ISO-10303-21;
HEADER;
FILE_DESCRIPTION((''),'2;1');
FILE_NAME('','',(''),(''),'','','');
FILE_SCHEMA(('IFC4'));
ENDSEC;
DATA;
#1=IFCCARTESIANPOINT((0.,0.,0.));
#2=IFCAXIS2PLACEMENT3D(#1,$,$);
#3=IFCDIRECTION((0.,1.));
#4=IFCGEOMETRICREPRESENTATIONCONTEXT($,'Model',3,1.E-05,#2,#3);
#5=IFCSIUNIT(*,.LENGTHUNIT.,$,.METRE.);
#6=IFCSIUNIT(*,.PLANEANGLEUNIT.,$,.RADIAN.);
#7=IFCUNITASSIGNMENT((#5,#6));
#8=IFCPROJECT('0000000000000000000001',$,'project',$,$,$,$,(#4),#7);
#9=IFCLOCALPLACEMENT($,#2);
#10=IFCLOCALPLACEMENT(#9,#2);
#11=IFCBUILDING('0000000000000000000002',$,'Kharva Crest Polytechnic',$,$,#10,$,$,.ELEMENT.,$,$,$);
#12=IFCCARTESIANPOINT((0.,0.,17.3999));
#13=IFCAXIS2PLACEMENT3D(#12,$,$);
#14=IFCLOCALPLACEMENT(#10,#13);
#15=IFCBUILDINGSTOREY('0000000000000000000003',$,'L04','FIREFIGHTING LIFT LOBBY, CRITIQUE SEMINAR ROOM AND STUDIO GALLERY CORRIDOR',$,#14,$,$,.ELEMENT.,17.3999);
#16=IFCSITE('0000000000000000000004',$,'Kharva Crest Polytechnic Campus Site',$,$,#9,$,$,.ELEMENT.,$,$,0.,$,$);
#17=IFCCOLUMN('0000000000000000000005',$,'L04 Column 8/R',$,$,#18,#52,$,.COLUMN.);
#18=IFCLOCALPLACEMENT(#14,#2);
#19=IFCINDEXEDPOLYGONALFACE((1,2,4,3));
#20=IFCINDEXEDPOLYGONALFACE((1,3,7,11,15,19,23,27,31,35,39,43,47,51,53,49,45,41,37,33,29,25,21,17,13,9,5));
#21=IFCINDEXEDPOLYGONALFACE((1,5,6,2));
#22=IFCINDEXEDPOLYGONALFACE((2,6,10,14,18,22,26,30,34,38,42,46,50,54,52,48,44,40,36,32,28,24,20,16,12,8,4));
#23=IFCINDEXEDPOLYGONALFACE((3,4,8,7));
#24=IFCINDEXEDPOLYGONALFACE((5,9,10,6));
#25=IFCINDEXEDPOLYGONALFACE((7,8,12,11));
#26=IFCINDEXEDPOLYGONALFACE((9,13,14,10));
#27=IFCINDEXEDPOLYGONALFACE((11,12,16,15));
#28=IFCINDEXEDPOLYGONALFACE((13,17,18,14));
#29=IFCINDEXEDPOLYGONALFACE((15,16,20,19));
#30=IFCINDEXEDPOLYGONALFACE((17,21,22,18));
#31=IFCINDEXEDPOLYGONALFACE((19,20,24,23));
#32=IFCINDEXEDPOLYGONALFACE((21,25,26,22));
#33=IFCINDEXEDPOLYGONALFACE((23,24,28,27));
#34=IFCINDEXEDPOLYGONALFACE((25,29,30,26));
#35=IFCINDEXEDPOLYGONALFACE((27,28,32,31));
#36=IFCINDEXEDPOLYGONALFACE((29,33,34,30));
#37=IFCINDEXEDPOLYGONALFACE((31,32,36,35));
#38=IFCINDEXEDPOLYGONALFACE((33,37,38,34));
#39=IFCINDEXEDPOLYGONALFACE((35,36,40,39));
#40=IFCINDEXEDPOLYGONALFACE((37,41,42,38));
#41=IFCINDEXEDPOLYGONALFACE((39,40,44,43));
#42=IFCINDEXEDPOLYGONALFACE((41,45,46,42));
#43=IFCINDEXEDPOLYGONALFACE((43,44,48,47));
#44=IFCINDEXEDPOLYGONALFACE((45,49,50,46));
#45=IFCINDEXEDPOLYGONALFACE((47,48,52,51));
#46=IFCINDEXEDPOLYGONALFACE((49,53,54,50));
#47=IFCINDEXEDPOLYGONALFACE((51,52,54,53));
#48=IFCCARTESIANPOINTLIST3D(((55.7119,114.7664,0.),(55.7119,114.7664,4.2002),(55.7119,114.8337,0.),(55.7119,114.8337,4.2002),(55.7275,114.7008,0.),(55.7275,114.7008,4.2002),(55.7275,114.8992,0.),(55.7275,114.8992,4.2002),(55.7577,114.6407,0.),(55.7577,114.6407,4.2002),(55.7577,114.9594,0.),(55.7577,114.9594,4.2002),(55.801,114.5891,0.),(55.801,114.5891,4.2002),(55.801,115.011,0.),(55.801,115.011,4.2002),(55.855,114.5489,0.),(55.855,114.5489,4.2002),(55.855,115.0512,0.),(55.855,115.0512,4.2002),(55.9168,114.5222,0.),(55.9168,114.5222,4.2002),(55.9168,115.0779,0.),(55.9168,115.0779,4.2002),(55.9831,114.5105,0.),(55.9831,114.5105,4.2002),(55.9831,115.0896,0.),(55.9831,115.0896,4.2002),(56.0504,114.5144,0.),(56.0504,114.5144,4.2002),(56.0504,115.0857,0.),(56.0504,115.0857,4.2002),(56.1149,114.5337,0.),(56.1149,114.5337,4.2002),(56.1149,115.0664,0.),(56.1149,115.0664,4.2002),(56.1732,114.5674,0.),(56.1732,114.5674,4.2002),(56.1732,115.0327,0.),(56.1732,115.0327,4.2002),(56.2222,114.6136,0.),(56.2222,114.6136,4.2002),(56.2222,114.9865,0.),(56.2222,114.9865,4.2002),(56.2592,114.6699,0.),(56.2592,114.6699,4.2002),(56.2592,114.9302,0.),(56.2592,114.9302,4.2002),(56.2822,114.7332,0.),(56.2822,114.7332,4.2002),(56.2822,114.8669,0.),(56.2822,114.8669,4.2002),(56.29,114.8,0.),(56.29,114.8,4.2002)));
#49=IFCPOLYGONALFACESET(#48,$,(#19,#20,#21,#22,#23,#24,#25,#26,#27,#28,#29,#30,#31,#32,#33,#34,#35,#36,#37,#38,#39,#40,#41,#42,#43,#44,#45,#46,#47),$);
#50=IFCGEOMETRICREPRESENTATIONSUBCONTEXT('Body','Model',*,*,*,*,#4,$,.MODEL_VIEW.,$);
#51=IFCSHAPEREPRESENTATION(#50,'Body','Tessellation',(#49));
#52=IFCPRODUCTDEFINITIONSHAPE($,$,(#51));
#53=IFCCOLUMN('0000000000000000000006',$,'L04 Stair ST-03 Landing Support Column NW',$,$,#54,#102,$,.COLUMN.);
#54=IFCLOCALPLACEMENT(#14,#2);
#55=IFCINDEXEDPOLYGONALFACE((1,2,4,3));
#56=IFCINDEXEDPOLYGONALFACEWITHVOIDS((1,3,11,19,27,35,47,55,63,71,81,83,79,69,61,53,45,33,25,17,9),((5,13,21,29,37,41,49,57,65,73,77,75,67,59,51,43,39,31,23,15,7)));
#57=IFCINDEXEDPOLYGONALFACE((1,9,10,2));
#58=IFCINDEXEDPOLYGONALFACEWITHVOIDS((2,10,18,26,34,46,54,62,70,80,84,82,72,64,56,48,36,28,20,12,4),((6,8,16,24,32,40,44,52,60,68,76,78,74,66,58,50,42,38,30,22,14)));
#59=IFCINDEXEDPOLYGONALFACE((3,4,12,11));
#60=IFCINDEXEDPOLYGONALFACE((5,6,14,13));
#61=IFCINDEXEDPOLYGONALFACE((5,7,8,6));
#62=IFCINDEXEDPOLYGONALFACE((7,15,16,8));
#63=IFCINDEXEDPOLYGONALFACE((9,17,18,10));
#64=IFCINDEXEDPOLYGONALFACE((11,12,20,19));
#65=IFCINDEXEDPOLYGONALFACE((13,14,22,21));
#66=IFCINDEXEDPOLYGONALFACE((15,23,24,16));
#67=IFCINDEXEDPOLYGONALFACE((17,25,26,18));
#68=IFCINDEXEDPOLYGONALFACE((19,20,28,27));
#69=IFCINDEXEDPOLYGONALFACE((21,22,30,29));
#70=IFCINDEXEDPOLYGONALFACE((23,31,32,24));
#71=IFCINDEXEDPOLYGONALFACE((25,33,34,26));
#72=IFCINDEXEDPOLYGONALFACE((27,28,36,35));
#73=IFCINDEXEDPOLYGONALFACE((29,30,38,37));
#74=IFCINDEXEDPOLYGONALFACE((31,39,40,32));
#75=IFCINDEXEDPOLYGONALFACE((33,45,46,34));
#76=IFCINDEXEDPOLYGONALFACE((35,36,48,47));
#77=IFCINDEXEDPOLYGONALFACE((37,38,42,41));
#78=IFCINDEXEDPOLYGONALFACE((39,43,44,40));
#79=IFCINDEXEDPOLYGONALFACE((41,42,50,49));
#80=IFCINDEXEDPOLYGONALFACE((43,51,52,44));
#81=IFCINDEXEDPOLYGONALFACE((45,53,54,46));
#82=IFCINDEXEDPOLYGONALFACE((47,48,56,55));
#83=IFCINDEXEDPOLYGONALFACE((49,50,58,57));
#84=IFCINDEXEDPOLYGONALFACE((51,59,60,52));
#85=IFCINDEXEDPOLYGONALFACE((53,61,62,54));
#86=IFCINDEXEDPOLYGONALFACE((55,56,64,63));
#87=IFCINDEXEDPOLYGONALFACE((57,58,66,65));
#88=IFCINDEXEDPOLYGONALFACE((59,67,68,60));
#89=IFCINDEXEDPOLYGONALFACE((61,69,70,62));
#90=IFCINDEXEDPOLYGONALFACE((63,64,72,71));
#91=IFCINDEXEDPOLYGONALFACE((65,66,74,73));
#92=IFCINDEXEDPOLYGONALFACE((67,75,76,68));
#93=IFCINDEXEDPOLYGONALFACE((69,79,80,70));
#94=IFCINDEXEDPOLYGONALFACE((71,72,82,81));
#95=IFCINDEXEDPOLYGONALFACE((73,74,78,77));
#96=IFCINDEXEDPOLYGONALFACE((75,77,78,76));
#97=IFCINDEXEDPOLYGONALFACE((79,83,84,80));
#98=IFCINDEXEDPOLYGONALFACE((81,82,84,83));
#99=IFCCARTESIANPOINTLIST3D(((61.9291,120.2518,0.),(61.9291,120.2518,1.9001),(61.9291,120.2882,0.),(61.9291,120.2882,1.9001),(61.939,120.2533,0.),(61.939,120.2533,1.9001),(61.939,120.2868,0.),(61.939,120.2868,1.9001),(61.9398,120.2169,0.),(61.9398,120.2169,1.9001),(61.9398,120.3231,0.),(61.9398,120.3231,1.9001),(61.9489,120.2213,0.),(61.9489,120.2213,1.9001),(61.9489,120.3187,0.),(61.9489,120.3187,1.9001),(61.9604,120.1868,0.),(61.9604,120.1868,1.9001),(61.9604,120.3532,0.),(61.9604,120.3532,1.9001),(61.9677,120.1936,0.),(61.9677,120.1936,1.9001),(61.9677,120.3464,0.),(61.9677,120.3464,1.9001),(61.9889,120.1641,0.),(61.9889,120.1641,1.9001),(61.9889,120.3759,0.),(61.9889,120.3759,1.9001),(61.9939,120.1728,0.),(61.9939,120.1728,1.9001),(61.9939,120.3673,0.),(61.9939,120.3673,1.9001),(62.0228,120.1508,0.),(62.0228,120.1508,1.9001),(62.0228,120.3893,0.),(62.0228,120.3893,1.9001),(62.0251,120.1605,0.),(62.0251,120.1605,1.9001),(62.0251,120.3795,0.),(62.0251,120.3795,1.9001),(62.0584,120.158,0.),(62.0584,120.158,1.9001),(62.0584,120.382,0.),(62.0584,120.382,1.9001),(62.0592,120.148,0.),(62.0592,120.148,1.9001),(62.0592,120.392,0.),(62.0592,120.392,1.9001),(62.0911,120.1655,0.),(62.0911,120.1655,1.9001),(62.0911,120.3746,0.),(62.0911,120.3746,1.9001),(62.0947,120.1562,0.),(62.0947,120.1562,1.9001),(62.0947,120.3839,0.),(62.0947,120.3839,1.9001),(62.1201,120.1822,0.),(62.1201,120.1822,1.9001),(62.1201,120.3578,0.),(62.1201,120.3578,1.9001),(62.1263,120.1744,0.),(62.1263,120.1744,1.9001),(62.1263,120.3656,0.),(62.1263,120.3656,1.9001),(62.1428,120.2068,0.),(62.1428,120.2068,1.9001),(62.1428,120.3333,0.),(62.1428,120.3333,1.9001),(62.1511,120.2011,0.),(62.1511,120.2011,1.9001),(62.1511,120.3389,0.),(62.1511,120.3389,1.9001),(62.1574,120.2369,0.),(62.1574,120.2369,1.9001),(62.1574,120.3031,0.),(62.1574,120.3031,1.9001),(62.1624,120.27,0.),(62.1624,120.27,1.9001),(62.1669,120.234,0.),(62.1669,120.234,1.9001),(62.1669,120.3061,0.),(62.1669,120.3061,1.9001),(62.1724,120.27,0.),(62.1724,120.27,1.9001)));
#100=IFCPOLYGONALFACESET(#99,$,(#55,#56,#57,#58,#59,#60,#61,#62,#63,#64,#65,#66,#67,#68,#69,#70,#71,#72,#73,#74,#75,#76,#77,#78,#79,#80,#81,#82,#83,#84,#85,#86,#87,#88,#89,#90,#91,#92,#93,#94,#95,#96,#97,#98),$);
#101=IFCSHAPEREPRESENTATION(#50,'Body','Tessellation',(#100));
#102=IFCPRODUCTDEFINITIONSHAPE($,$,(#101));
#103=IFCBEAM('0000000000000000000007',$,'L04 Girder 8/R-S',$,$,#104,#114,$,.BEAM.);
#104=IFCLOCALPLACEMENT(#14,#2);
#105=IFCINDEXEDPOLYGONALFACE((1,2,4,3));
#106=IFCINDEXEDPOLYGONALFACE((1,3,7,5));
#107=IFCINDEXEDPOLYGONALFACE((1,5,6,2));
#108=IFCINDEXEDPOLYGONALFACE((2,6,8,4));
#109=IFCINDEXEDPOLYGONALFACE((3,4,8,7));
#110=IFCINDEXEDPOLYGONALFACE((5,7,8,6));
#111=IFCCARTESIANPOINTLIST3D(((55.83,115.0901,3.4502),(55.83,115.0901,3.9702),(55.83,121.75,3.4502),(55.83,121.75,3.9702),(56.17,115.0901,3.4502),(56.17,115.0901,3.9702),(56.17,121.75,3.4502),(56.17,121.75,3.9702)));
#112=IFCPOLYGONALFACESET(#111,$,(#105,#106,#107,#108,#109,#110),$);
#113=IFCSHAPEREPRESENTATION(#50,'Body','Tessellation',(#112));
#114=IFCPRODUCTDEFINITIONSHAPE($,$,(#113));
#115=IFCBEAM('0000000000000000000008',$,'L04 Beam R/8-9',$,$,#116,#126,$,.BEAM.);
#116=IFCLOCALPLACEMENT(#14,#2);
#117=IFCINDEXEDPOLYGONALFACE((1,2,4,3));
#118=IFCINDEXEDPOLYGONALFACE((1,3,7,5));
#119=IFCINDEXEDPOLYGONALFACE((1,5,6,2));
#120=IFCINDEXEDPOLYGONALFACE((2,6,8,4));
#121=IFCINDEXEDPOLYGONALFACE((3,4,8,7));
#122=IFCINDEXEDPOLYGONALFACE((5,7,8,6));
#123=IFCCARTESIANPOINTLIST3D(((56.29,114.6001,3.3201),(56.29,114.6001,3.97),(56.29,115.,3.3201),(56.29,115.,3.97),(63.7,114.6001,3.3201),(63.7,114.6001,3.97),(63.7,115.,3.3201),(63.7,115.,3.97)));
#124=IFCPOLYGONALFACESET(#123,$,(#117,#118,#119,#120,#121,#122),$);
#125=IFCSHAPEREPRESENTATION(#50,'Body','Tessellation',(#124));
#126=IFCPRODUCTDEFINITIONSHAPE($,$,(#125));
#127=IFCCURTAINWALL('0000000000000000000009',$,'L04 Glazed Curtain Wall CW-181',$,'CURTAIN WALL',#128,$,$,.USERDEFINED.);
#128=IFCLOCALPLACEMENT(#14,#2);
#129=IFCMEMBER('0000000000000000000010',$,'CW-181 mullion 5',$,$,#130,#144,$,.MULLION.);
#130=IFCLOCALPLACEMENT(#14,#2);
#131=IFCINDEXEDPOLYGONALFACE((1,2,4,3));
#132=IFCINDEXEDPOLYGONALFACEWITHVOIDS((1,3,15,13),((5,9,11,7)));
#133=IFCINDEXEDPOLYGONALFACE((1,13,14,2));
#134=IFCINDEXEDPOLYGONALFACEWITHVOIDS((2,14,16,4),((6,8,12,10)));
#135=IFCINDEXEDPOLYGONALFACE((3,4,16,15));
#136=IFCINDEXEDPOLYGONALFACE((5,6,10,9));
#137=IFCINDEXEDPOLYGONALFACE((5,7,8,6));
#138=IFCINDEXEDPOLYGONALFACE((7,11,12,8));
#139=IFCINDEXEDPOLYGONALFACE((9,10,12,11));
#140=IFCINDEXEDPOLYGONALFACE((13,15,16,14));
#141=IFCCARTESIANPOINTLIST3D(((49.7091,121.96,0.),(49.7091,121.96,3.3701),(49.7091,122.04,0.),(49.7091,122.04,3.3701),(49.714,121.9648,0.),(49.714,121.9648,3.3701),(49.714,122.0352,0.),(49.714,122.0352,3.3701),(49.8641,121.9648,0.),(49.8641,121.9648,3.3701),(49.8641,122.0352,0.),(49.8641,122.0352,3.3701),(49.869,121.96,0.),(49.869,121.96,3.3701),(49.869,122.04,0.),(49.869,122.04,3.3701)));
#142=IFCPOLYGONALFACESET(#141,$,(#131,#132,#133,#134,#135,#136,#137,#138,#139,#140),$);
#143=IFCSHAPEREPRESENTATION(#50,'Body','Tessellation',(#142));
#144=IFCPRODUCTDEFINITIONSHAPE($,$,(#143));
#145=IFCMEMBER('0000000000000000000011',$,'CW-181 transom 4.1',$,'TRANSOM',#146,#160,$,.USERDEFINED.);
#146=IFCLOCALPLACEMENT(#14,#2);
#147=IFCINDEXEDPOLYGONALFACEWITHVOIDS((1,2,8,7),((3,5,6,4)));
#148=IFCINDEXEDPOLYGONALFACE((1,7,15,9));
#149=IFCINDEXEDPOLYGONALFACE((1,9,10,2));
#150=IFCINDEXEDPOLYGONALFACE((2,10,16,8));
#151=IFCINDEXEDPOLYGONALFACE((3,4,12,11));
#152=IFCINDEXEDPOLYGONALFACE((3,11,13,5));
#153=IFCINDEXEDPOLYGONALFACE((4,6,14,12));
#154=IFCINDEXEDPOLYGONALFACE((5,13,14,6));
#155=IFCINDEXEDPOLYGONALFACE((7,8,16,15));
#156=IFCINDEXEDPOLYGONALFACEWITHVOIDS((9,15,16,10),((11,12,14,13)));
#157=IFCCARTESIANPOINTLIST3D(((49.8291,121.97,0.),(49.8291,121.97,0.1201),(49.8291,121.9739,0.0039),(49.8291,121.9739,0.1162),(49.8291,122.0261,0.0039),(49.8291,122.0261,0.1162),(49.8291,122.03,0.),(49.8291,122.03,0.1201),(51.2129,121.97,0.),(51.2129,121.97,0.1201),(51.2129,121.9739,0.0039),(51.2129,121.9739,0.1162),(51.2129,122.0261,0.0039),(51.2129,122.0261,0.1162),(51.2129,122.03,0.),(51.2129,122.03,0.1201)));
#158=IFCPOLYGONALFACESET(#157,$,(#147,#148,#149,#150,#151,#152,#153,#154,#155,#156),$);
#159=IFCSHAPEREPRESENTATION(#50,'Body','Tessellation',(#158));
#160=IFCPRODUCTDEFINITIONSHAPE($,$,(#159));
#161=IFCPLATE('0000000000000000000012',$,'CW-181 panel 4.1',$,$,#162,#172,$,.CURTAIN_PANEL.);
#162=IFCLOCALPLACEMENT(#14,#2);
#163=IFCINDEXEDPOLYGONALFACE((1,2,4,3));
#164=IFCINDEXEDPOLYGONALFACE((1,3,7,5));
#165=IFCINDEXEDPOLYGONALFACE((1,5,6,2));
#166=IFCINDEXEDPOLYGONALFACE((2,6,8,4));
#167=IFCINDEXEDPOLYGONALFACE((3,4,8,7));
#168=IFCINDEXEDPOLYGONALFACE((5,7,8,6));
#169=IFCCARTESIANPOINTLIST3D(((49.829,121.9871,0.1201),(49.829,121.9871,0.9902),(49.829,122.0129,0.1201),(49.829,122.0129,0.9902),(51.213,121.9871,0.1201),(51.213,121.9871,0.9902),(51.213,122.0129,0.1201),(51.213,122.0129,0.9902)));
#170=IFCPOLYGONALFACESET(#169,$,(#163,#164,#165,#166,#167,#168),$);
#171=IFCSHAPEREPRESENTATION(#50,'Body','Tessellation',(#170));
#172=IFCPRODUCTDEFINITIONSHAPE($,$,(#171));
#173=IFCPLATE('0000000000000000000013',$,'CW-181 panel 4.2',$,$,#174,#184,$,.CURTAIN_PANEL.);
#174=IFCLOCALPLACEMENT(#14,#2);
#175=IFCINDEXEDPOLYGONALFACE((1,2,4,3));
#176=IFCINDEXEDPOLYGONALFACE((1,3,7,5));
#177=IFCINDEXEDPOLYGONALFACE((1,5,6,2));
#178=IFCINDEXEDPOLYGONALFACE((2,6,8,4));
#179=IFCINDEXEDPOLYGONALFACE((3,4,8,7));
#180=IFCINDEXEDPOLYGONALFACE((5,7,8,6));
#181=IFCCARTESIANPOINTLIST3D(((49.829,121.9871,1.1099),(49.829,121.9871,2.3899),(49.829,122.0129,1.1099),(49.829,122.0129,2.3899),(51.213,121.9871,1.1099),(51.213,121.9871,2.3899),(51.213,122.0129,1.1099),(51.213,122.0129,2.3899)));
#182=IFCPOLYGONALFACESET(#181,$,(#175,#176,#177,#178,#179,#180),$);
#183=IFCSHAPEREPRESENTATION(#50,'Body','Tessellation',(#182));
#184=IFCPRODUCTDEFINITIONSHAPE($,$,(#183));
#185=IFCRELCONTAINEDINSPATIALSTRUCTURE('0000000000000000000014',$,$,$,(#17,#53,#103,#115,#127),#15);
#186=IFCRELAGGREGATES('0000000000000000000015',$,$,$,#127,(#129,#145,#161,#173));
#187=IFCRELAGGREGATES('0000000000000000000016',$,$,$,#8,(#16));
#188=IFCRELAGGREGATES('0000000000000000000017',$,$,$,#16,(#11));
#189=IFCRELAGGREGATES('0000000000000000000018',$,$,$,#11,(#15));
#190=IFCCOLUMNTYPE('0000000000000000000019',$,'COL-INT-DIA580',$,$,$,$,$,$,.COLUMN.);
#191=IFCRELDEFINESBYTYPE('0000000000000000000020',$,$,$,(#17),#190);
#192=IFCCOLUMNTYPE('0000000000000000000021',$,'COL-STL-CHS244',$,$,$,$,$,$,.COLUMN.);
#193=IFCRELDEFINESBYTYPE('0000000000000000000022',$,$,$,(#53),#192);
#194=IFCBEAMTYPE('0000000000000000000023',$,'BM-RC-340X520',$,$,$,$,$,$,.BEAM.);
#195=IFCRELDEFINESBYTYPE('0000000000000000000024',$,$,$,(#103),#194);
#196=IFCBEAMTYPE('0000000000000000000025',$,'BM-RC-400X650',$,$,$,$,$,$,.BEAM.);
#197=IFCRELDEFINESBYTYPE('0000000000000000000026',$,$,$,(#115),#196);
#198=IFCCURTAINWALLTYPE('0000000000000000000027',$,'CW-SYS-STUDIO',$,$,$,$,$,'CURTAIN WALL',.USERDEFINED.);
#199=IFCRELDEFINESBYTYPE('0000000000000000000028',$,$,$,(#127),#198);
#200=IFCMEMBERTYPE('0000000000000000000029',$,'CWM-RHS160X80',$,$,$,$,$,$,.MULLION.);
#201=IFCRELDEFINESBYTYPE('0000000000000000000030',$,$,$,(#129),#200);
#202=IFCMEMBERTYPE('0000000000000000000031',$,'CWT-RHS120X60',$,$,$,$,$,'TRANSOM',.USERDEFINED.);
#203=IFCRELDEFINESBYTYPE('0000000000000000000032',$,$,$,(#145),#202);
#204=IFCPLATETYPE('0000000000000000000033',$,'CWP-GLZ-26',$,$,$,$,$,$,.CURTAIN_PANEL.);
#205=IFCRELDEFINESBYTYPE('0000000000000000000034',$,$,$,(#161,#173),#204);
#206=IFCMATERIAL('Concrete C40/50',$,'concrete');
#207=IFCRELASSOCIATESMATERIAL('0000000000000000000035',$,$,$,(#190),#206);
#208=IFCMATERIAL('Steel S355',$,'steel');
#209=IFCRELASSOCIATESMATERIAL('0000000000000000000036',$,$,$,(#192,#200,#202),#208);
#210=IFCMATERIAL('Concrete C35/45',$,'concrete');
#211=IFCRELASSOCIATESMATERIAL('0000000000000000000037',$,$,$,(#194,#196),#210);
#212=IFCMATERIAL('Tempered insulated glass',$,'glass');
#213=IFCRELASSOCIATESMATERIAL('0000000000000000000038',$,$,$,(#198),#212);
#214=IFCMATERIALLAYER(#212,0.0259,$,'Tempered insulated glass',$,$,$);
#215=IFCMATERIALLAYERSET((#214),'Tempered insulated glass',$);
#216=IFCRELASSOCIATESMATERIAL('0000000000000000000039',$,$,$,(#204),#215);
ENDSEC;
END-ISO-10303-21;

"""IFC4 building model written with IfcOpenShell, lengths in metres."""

from ifc_helpers import new_model, si_unit, direction, frame, origin, origin_2d, place, context, subcontext, project, spatial, rectangle, hollow_rectangle, circle, hollow_circle, extrude, material, layer, layer_set, material_profile, profile_set, type_object, element, aggregate, save


model = new_model("IFC4")

# Units and contexts
model_context = context("Model", 3, precision=1e-05, world=origin(), true_north=direction((0.0, 1.0)))
body_context = subcontext(model_context, "Body", "Model", "MODEL_VIEW")
ifc_project = project(units=[si_unit("LENGTHUNIT", "METRE"), si_unit("PLANEANGLEUNIT", "RADIAN")], contexts=[model_context])

# Site, building, storey
site_placement = place(None, origin())
site = spatial("IfcSite", under=ifc_project, at=site_placement, Name="Kharva Crest Polytechnic Campus Site", CompositionType="ELEMENT", RefElevation=0.0)
building_placement = place(site_placement, origin())
building = spatial("IfcBuilding", under=site, at=building_placement, Name="Kharva Crest Polytechnic", CompositionType="ELEMENT")
storey_placement = place(building_placement, frame((0.0, 0.0, 17.3999)))
storey = spatial("IfcBuildingStorey", under=building, at=storey_placement, Name="L04", Description="FIREFIGHTING LIFT LOBBY, CRITIQUE SEMINAR ROOM AND STUDIO GALLERY CORRIDOR", CompositionType="ELEMENT", Elevation=17.3999)

# Columns
ifc_material_1 = material(Name="Concrete C40/50", Category="concrete")
ifc_material_profile_1 = material_profile(ifc_material_1, circle(Radius=0.29, at=origin_2d()), Name="DIA 580")
ifc_profile_set_1 = profile_set([ifc_material_profile_1], Name="Concrete C40/50")
column_type_1 = type_object("IfcColumnType", Name="COL-INT-DIA580", PredefinedType="COLUMN", material=ifc_profile_set_1)
column_1_placement = place(storey_placement, frame((56.0, 114.8, 0.0), z_axis=(0.0, 0.0, 1.0), x_axis=(1.0, 0.0, 0.0)))
element("IfcColumn", 1, at=column_1_placement, inside=storey, type_object=column_type_1, Name="L04 Column 8/R", PredefinedType="COLUMN", context=body_context, shape_type="SweptSolid", body=[
    extrude(circle(Radius=0.29, at=origin_2d()), origin(), (0.0, 0.0, 1.0), 4.2002),
])
ifc_material_2 = material(Name="Steel S355", Category="steel")
ifc_material_profile_2 = material_profile(ifc_material_2, hollow_circle(Radius=0.1223, WallThickness=0.01, at=origin_2d()), Name="CHS 244.5X10.0")
ifc_profile_set_2 = profile_set([ifc_material_profile_2], Name="Steel S355")
column_type_2 = type_object("IfcColumnType", Name="COL-STL-CHS244", PredefinedType="COLUMN", material=ifc_profile_set_2)
column_2_placement = place(storey_placement, frame((62.05, 120.27, 0.0), z_axis=(0.0, 0.0, 1.0), x_axis=(1.0, 0.0, 0.0)))
element("IfcColumn", 2, at=column_2_placement, inside=storey, type_object=column_type_2, Name="L04 Stair ST-03 Landing Support Column NW", PredefinedType="COLUMN", context=body_context, shape_type="SweptSolid", body=[
    extrude(hollow_circle(Radius=0.1223, WallThickness=0.01, at=origin_2d()), origin(), (0.0, 0.0, 1.0), 1.9001),
])

# Beams
ifc_material_3 = material(Name="Concrete C35/45", Category="concrete")
ifc_material_profile_3 = material_profile(ifc_material_3, rectangle(XDim=0.3401, YDim=0.52, at=origin_2d()), Name="RECT 340 X 520")
ifc_profile_set_3 = profile_set([ifc_material_profile_3], Name="Concrete C35/45")
beam_type_1 = type_object("IfcBeamType", Name="BM-RC-340X520", PredefinedType="BEAM", material=ifc_profile_set_3)
beam_1_placement = place(storey_placement, frame((56.0, 115.0901, 3.7102), z_axis=(0.0, 1.0, 0.0), x_axis=(-1.0, 0.0, 0.0)))
element("IfcBeam", 3, at=beam_1_placement, inside=storey, type_object=beam_type_1, Name="L04 Girder 8/R-S", PredefinedType="BEAM", context=body_context, shape_type="SweptSolid", body=[
    extrude(rectangle(XDim=0.3401, YDim=0.52, at=origin_2d()), origin(), (0.0, 0.0, 1.0), 6.6599),
])
ifc_material_profile_4 = material_profile(ifc_material_3, rectangle(XDim=0.3999, YDim=0.6499, at=origin_2d()), Name="RECT 400 X 650")
ifc_profile_set_4 = profile_set([ifc_material_profile_4], Name="Concrete C35/45")
beam_type_2 = type_object("IfcBeamType", Name="BM-RC-400X650", PredefinedType="BEAM", material=ifc_profile_set_4)
beam_2_placement = place(storey_placement, frame((56.29, 114.8, 3.645), z_axis=(1.0, 0.0, 0.0), x_axis=(0.0, 1.0, 0.0)))
element("IfcBeam", 4, at=beam_2_placement, inside=storey, type_object=beam_type_2, Name="L04 Beam R/8-9", PredefinedType="BEAM", context=body_context, shape_type="SweptSolid", body=[
    extrude(rectangle(XDim=0.3999, YDim=0.6499, at=origin_2d()), origin(), (0.0, 0.0, 1.0), 7.4099),
])

# Curtain wall, members, plates
ifc_material_4 = material(Name="Tempered insulated glass", Category="glass")
curtain_wall_type = type_object("IfcCurtainWallType", Name="CW-SYS-STUDIO", ElementType="CURTAIN WALL", PredefinedType="USERDEFINED", material=ifc_material_4)
curtain_wall_placement = place(storey_placement, origin())
curtain_wall = element("IfcCurtainWall", 5, at=curtain_wall_placement, inside=storey, type_object=curtain_wall_type, Name="L04 Glazed Curtain Wall CW-181", ObjectType="CURTAIN WALL", PredefinedType="USERDEFINED")
ifc_material_profile_5 = material_profile(ifc_material_2, hollow_rectangle(XDim=0.0801, YDim=0.1599, WallThickness=0.0049, at=origin_2d()), Name="RHS 160X80X5.0")
ifc_profile_set_5 = profile_set([ifc_material_profile_5], Name="Steel S355")
member_type_1 = type_object("IfcMemberType", Name="CWM-RHS160X80", PredefinedType="MULLION", material=ifc_profile_set_5)
member_1_placement = place(storey_placement, frame((49.7891, 122.0, 0.0), z_axis=(0.0, 0.0, 1.0), x_axis=(0.0, -1.0, 0.0)))
member_1 = element("IfcMember", 6, at=member_1_placement, type_object=member_type_1, Name="CW-181 mullion 5", PredefinedType="MULLION", context=body_context, shape_type="SweptSolid", body=[
    extrude(hollow_rectangle(XDim=0.0801, YDim=0.1599, WallThickness=0.0049, at=origin_2d()), origin(), (0.0, 0.0, 1.0), 3.3701),
])
ifc_material_profile_6 = material_profile(ifc_material_2, hollow_rectangle(XDim=0.0601, YDim=0.1201, WallThickness=0.0039, at=origin_2d()), Name="RHS 120X60X4.0")
ifc_profile_set_6 = profile_set([ifc_material_profile_6], Name="Steel S355")
member_type_2 = type_object("IfcMemberType", Name="CWT-RHS120X60", ElementType="TRANSOM", PredefinedType="USERDEFINED", material=ifc_profile_set_6)
member_2_placement = place(storey_placement, frame((51.2129, 122.0, 0.0601), z_axis=(-1.0, 0.0, 0.0), x_axis=(0.0, -1.0, 0.0)))
member_2 = element("IfcMember", 7, at=member_2_placement, type_object=member_type_2, Name="CW-181 transom 4.1", ObjectType="TRANSOM", PredefinedType="USERDEFINED", context=body_context, shape_type="SweptSolid", body=[
    extrude(hollow_rectangle(XDim=0.0601, YDim=0.1201, WallThickness=0.0039, at=origin_2d()), origin(), (0.0, 0.0, 1.0), 1.3838),
])
ifc_layer_1 = layer(ifc_material_4, 0.0259, Name="Tempered insulated glass")
ifc_layer_set_1 = layer_set([ifc_layer_1], Name="Tempered insulated glass")
plate_type = type_object("IfcPlateType", Name="CWP-GLZ-26", PredefinedType="CURTAIN_PANEL", material=ifc_layer_set_1)
plate_1_placement = place(storey_placement, frame((50.521, 122.0, 0.1201), z_axis=(0.0, 0.0, 1.0), x_axis=(-1.0, 0.0, 0.0)))
plate_1 = element("IfcPlate", 8, at=plate_1_placement, type_object=plate_type, Name="CW-181 panel 4.1", PredefinedType="CURTAIN_PANEL", context=body_context, shape_type="SweptSolid", body=[
    extrude(rectangle(XDim=1.384, YDim=0.0259, at=origin_2d()), origin(), (0.0, 0.0, 1.0), 0.8701),
])
plate_2_placement = place(storey_placement, frame((50.521, 122.0, 1.1099), z_axis=(0.0, 0.0, 1.0), x_axis=(-1.0, 0.0, 0.0)))
plate_2 = element("IfcPlate", 9, at=plate_2_placement, type_object=plate_type, Name="CW-181 panel 4.2", PredefinedType="CURTAIN_PANEL", context=body_context, shape_type="SweptSolid", body=[
    extrude(rectangle(XDim=1.384, YDim=0.0259, at=origin_2d()), origin(), (0.0, 0.0, 1.0), 1.28),
])
aggregate(curtain_wall, [member_1, member_2, plate_1, plate_2])

save(model, "model.ifc")
